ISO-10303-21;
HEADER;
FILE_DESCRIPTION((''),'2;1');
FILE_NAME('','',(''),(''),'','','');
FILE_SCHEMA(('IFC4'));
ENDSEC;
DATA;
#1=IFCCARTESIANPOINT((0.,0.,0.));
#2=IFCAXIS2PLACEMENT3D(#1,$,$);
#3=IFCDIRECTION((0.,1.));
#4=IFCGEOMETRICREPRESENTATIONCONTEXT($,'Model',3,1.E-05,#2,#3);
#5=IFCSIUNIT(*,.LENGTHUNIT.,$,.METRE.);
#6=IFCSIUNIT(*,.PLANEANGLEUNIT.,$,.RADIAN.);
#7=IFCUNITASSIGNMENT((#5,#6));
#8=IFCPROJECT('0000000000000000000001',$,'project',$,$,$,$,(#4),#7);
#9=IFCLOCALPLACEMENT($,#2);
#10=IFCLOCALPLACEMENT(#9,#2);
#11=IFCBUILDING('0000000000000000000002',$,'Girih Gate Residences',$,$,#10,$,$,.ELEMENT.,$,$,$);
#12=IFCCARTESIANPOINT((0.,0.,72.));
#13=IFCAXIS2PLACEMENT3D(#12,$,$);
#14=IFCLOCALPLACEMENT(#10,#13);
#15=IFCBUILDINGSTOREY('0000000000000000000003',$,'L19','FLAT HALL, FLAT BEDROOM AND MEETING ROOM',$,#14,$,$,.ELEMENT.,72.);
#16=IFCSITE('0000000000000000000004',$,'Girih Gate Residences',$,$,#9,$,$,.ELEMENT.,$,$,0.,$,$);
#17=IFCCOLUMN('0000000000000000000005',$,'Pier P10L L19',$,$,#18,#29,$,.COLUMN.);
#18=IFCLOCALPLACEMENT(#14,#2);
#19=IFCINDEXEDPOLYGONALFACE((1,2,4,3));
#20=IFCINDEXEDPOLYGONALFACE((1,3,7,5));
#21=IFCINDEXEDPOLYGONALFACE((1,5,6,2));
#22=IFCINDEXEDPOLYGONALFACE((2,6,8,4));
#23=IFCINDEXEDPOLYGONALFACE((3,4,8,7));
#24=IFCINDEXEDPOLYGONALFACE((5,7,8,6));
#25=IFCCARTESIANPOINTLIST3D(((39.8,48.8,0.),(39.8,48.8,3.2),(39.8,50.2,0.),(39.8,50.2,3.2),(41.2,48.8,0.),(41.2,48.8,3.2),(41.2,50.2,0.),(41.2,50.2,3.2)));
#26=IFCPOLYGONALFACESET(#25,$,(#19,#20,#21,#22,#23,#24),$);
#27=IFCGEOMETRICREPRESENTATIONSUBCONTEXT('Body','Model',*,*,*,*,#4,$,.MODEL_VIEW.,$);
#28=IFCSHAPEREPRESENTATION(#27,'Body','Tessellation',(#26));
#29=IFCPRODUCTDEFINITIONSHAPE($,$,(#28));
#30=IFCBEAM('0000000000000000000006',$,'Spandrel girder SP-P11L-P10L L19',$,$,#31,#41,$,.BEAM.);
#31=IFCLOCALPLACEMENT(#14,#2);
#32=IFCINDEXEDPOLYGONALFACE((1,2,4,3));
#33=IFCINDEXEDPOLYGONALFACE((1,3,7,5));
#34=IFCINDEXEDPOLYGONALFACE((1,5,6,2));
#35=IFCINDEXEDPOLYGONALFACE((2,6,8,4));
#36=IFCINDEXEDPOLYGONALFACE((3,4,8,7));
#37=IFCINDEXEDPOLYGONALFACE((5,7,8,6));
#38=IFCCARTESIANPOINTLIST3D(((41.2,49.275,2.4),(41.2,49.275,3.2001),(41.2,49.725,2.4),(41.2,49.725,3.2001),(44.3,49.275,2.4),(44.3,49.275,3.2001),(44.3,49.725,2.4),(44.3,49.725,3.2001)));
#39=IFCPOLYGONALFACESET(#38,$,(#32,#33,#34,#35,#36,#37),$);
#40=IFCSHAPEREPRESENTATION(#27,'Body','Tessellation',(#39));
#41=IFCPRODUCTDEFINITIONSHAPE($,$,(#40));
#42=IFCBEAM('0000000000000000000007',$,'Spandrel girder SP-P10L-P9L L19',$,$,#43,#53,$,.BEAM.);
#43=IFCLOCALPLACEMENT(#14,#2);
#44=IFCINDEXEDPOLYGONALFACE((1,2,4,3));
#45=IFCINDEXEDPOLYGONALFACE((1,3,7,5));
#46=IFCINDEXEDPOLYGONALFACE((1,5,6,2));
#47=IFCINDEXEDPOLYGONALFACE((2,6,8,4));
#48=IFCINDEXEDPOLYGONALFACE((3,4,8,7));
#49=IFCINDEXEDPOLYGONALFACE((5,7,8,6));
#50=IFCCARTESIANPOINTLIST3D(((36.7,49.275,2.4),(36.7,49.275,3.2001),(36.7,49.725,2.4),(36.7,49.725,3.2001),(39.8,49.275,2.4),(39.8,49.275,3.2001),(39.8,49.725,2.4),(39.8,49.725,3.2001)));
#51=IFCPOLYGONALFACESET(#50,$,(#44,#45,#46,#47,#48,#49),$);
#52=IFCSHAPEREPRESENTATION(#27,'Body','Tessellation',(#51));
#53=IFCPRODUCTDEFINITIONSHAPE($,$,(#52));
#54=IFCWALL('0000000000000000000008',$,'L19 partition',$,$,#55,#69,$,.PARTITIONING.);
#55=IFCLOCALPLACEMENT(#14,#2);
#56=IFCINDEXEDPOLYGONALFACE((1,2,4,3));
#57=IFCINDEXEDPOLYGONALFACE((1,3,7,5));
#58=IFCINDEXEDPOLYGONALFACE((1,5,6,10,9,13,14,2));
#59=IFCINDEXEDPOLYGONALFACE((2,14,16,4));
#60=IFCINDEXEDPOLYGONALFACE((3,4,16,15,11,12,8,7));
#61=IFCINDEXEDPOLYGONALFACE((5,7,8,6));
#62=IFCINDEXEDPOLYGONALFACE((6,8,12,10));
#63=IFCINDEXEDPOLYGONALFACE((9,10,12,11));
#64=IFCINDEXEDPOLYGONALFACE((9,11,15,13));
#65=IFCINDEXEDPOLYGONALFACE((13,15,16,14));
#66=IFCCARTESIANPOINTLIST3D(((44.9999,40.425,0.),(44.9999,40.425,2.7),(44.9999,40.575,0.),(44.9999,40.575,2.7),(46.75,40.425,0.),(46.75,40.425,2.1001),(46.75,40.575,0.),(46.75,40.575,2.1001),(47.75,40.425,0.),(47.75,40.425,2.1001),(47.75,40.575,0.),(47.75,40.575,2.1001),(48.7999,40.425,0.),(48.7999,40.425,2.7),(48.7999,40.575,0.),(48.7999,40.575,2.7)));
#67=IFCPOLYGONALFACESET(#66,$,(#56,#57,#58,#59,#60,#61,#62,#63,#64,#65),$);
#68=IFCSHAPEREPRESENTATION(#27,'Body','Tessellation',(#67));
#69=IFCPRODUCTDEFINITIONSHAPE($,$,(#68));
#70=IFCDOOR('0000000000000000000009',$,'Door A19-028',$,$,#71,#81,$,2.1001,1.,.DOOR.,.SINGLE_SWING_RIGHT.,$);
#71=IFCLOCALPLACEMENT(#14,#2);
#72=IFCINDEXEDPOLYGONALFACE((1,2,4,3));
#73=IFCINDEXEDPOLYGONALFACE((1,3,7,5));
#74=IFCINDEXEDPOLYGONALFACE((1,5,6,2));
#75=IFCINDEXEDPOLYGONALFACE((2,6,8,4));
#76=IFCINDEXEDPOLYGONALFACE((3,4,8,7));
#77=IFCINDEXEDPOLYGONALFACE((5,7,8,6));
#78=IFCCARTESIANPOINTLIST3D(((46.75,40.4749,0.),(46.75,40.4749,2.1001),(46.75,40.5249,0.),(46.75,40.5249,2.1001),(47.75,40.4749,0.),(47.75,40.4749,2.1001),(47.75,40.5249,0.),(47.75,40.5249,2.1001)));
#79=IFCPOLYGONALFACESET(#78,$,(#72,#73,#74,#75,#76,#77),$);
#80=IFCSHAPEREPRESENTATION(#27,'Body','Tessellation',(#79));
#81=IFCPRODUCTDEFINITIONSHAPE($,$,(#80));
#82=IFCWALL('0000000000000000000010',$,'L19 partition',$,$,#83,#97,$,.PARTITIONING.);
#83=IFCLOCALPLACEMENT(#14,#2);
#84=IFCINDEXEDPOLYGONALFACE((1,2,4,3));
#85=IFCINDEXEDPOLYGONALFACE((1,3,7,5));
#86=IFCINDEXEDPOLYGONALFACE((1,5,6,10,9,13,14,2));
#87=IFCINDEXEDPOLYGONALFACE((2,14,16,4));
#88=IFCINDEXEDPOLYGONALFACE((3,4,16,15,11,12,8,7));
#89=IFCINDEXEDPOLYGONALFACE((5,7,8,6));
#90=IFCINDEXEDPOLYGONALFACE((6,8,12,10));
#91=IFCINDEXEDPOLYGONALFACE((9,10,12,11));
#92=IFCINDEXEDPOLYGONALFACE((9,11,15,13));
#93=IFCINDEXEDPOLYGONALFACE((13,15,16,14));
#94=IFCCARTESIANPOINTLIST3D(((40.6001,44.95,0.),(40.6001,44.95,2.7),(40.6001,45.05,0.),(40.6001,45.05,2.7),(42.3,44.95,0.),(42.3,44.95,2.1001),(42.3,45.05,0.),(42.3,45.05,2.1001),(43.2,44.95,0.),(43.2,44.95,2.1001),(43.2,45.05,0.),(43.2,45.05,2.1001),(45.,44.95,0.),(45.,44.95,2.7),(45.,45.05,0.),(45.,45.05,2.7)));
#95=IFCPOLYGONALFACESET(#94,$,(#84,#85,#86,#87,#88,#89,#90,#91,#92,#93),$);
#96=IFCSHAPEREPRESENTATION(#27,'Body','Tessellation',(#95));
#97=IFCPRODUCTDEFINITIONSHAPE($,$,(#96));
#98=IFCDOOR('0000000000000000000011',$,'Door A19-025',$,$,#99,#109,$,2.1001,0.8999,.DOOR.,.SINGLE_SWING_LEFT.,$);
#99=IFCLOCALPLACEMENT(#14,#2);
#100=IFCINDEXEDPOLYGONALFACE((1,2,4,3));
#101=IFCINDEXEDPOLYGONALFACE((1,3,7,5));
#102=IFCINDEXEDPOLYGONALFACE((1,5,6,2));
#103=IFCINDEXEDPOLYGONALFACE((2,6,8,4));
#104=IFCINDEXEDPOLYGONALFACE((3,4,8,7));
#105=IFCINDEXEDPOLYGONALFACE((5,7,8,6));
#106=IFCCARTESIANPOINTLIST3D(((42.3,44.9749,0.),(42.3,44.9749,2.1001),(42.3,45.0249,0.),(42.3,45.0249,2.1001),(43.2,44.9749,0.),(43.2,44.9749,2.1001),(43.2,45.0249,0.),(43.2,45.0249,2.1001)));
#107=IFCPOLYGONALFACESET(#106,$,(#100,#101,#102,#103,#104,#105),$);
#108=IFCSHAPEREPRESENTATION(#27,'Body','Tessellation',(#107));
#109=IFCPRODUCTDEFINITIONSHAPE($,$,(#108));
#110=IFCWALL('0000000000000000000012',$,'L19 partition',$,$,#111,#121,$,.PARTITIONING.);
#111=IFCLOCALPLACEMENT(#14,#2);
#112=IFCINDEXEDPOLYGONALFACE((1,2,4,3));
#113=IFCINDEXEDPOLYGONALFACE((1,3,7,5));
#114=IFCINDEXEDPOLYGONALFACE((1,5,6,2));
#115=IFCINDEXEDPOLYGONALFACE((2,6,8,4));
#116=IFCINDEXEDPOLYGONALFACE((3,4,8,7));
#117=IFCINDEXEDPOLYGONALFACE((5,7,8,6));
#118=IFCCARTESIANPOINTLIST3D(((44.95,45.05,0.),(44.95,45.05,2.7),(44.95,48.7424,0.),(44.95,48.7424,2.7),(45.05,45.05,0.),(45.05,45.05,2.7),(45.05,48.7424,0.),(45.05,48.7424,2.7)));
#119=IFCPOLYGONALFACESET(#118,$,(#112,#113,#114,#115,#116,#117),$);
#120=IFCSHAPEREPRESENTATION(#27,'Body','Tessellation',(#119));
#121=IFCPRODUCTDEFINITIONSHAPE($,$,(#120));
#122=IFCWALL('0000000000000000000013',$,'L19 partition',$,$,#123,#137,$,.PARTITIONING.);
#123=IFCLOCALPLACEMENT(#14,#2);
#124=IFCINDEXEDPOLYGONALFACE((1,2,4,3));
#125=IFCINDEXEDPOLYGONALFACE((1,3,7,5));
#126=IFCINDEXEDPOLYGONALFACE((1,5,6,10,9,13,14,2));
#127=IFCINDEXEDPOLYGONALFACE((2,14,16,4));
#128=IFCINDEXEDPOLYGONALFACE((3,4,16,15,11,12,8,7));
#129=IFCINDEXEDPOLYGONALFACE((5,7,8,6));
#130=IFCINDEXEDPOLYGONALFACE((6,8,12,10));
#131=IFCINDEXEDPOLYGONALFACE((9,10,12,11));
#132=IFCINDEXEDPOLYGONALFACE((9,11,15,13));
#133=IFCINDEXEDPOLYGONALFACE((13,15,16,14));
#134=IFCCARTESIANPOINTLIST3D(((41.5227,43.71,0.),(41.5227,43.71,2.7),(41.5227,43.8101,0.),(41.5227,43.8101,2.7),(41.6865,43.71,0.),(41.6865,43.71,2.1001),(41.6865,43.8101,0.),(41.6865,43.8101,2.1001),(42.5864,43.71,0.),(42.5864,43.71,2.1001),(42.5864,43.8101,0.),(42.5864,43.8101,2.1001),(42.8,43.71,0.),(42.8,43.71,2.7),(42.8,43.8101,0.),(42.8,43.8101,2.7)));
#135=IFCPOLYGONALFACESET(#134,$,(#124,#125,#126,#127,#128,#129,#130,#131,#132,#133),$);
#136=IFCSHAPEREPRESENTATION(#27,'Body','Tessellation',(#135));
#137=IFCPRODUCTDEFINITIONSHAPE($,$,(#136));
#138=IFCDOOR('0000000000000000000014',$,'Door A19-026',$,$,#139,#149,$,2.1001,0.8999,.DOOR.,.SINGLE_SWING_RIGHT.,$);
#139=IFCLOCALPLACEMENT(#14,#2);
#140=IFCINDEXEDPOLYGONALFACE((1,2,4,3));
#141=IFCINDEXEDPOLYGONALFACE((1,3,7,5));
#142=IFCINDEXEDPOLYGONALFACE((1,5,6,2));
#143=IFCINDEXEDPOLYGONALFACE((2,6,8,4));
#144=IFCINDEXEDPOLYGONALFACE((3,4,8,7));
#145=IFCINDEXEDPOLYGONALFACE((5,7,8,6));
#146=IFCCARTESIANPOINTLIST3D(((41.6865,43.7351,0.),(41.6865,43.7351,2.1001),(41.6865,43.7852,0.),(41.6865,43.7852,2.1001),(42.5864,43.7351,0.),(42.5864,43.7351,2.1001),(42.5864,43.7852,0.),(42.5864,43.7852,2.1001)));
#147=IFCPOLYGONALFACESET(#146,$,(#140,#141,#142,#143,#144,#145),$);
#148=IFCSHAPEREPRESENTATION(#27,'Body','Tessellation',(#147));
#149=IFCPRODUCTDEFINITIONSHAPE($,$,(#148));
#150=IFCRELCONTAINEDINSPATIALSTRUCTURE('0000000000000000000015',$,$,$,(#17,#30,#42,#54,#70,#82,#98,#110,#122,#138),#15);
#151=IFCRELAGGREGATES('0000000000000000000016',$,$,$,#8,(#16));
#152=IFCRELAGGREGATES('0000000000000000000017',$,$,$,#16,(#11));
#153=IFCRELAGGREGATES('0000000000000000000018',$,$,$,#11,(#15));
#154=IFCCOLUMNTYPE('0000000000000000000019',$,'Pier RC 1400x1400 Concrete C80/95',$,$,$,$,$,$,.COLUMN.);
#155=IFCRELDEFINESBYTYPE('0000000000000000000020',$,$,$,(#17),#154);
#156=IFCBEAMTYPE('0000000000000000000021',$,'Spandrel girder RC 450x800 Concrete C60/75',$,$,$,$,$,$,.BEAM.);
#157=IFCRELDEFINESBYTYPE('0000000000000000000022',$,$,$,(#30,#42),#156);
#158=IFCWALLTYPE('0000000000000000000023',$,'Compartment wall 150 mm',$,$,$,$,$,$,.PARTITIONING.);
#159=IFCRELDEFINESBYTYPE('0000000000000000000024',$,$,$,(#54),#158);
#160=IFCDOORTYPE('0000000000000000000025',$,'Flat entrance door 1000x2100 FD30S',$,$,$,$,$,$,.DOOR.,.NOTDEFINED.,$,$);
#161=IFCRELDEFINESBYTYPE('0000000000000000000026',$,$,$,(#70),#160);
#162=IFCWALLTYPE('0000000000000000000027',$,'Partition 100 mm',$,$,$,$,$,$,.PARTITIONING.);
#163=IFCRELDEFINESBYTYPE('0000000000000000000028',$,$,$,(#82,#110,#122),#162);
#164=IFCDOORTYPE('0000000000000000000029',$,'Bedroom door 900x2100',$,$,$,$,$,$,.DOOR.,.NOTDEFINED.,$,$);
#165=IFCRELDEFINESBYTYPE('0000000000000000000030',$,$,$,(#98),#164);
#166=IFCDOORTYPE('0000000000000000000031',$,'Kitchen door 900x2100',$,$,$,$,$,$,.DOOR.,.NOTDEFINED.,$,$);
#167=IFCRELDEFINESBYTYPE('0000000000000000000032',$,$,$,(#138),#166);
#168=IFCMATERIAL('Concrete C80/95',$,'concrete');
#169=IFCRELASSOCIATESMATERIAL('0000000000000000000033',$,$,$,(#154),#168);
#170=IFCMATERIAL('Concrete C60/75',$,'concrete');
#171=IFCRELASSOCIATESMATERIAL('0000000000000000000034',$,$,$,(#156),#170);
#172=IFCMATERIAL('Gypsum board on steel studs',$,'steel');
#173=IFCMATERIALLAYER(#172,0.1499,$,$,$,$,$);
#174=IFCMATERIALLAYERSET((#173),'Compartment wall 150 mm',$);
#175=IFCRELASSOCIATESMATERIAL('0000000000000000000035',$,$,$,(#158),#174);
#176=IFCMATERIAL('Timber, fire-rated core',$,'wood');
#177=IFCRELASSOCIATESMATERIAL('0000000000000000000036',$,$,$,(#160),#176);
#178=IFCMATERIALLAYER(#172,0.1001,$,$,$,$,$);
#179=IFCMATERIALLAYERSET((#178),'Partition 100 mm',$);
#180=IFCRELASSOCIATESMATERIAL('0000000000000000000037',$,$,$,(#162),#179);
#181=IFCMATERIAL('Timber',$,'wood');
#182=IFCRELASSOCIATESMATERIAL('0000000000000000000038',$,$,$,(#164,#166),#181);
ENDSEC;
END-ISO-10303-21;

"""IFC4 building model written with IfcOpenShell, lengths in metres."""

from ifc_helpers import new_model, si_unit, direction, frame, frame_2d, origin, origin_2d, place, context, subcontext, project, spatial, rectangle, extrude, material, layer, layer_set, material_profile, profile_set, type_object, element, fill, save


model = new_model("IFC4")

# Units and contexts
model_context = context("Model", 3, precision=1e-05, world=origin(), true_north=direction((0.0, 1.0)))
body_context = subcontext(model_context, "Body", "Model", "MODEL_VIEW")
ifc_project = project(units=[si_unit("LENGTHUNIT", "METRE"), si_unit("PLANEANGLEUNIT", "RADIAN")], contexts=[model_context])

# Site, building, storey
site_placement = place(None, origin())
site = spatial("IfcSite", under=ifc_project, at=site_placement, Name="Girih Gate Residences", CompositionType="ELEMENT", RefElevation=0.0)
building_placement = place(site_placement, origin())
building = spatial("IfcBuilding", under=site, at=building_placement, Name="Girih Gate Residences", CompositionType="ELEMENT")
storey_placement = place(building_placement, frame((0.0, 0.0, 72.0)))
storey = spatial("IfcBuildingStorey", under=building, at=storey_placement, Name="L19", Description="FLAT HALL, FLAT BEDROOM AND MEETING ROOM", CompositionType="ELEMENT", Elevation=72.0)

# Column
ifc_material_1 = material(Name="Concrete C80/95", Category="concrete")
ifc_material_profile_1 = material_profile(ifc_material_1, rectangle(XDim=1.3999, YDim=1.3999, at=origin_2d()))
ifc_profile_set_1 = profile_set([ifc_material_profile_1], Name="Concrete C80/95")
column_type = type_object("IfcColumnType", Name="Pier RC 1400x1400 Concrete C80/95", PredefinedType="COLUMN", material=ifc_profile_set_1)
column_placement = place(storey_placement, frame((40.5, 49.5, 0.0), z_axis=(0.0, 0.0, 1.0), x_axis=(1.0, 0.0, 0.0)))
element("IfcColumn", 1, at=column_placement, inside=storey, type_object=column_type, Name="Pier P10L L19", PredefinedType="COLUMN", context=body_context, shape_type="SweptSolid", body=[
    extrude(rectangle(XDim=1.3999, YDim=1.3999, at=origin_2d()), origin(), (0.0, 0.0, 1.0), 3.2),
])

# Beams
ifc_material_2 = material(Name="Concrete C60/75", Category="concrete")
ifc_material_profile_2 = material_profile(ifc_material_2, rectangle(XDim=0.45, YDim=0.8, at=origin_2d()))
ifc_profile_set_2 = profile_set([ifc_material_profile_2], Name="Concrete C60/75")
beam_type = type_object("IfcBeamType", Name="Spandrel girder RC 450x800 Concrete C60/75", PredefinedType="BEAM", material=ifc_profile_set_2)
for number, where, z_axis, x_axis, name in (
    (2, (44.3, 49.5, 2.8), (-1.0, 0.0, 0.0), (0.0, -1.0, 0.0), "Spandrel girder SP-P11L-P10L L19"),
    (3, (39.8, 49.5, 2.8), (-1.0, 0.0, 0.0), (0.0, -1.0, 0.0), "Spandrel girder SP-P10L-P9L L19"),
):
    element("IfcBeam", number, at=place(storey_placement, frame(where, z_axis=z_axis, x_axis=x_axis)), inside=storey, type_object=beam_type, Name=name, PredefinedType="BEAM", context=body_context, shape_type="SweptSolid", body=[
        extrude(rectangle(XDim=0.45, YDim=0.8, at=origin_2d()), origin(), (0.0, 0.0, 1.0), 3.1001),
    ])

# Walls, openings, doors
ifc_material_3 = material(Name="Gypsum board on steel studs", Category="steel")
ifc_layer_1 = layer(ifc_material_3, 0.1499)
ifc_layer_set_1 = layer_set([ifc_layer_1], Name="Compartment wall 150 mm")
wall_type_1 = type_object("IfcWallType", Name="Compartment wall 150 mm", PredefinedType="PARTITIONING", material=ifc_layer_set_1)
wall_1_placement = place(storey_placement, frame((45.0, 40.5, 0.0), z_axis=(0.0, 0.0, 1.0), x_axis=(1.0, 0.0, 0.0)))
wall_1 = element("IfcWall", 4, at=wall_1_placement, inside=storey, type_object=wall_type_1, Name="L19 partition", PredefinedType="PARTITIONING", context=body_context, shape_type="SweptSolid", body=[
    extrude(rectangle(XDim=3.8, YDim=0.1499, at=frame_2d((1.8999, 0.0))), origin(), (0.0, 0.0, 1.0), 2.7),
])
opening_1_placement = place(wall_1_placement, frame((1.75, 0.0, 0.0)))
opening_1 = element("IfcOpeningElement", 5, at=opening_1_placement, cuts=wall_1, PredefinedType="OPENING", context=body_context, shape_type="SweptSolid", body=[
    extrude(rectangle(XDim=1.0, YDim=2.1001, at=frame_2d((0.5, 1.05))), frame((0.0, 0.085, 0.0), z_axis=(0.0, -1.0, 0.0), x_axis=(1.0, 0.0, 0.0)), (0.0, 0.0, 1.0), 0.1699),
])
ifc_material_4 = material(Name="Timber, fire-rated core", Category="wood")
door_type_1 = type_object("IfcDoorType", Name="Flat entrance door 1000x2100 FD30S", OperationType="NOTDEFINED", PredefinedType="DOOR", material=ifc_material_4)
door_1_placement = place(opening_1_placement, origin())
door_1 = element("IfcDoor", 6, at=door_1_placement, inside=storey, type_object=door_type_1, Name="Door A19-028", OperationType="SINGLE_SWING_RIGHT", OverallHeight=2.1001, OverallWidth=1.0, PredefinedType="DOOR", context=body_context, shape_type="SweptSolid", body=[
    extrude(rectangle(XDim=1.0, YDim=2.1001, at=frame_2d((0.5, 1.05))), frame((0.0, 0.0249, 0.0), z_axis=(0.0, -1.0, 0.0), x_axis=(1.0, 0.0, 0.0)), (0.0, 0.0, 1.0), 0.05),
])
fill(opening_1, door_1)
ifc_layer_2 = layer(ifc_material_3, 0.1001)
ifc_layer_set_2 = layer_set([ifc_layer_2], Name="Partition 100 mm")
wall_type_2 = type_object("IfcWallType", Name="Partition 100 mm", PredefinedType="PARTITIONING", material=ifc_layer_set_2)
wall_2_placement = place(storey_placement, frame((40.6001, 45.0, 0.0), z_axis=(0.0, 0.0, 1.0), x_axis=(1.0, 0.0, 0.0)))
wall_2 = element("IfcWall", 7, at=wall_2_placement, inside=storey, type_object=wall_type_2, Name="L19 partition", PredefinedType="PARTITIONING", context=body_context, shape_type="SweptSolid", body=[
    extrude(rectangle(XDim=4.3999, YDim=0.1001, at=frame_2d((2.2, 0.0))), origin(), (0.0, 0.0, 1.0), 2.7),
])
opening_2_placement = place(wall_2_placement, frame((1.7, 0.0, 0.0)))
opening_2 = element("IfcOpeningElement", 8, at=opening_2_placement, cuts=wall_2, PredefinedType="OPENING", context=body_context, shape_type="SweptSolid", body=[
    extrude(rectangle(XDim=0.8999, YDim=2.1001, at=frame_2d((0.45, 1.05))), frame((0.0, 0.0601, 0.0), z_axis=(0.0, -1.0, 0.0), x_axis=(1.0, 0.0, 0.0)), (0.0, 0.0, 1.0), 0.1201),
])
ifc_material_5 = material(Name="Timber", Category="wood")
door_type_2 = type_object("IfcDoorType", Name="Bedroom door 900x2100", OperationType="NOTDEFINED", PredefinedType="DOOR", material=ifc_material_5)
door_2_placement = place(opening_2_placement, origin())
door_2 = element("IfcDoor", 9, at=door_2_placement, inside=storey, type_object=door_type_2, Name="Door A19-025", OperationType="SINGLE_SWING_LEFT", OverallHeight=2.1001, OverallWidth=0.8999, PredefinedType="DOOR", context=body_context, shape_type="SweptSolid", body=[
    extrude(rectangle(XDim=0.8999, YDim=2.1001, at=frame_2d((0.45, 1.05))), frame((0.0, 0.0249, 0.0), z_axis=(0.0, -1.0, 0.0), x_axis=(1.0, 0.0, 0.0)), (0.0, 0.0, 1.0), 0.05),
])
fill(opening_2, door_2)

# Wall
wall_3_placement = place(storey_placement, frame((45.0, 45.05, 0.0), z_axis=(0.0, 0.0, 1.0), x_axis=(0.0, 1.0, 0.0)))
element("IfcWall", 10, at=wall_3_placement, inside=storey, type_object=wall_type_2, Name="L19 partition", PredefinedType="PARTITIONING", context=body_context, shape_type="SweptSolid", body=[
    extrude(rectangle(XDim=3.6924, YDim=0.1001, at=frame_2d((1.8462, 0.0))), origin(), (0.0, 0.0, 1.0), 2.7),
])

# Wall, opening, door
wall_4_placement = place(storey_placement, frame((42.8, 43.76, 0.0), z_axis=(0.0, 0.0, 1.0), x_axis=(-1.0, 0.0, 0.0)))
wall_4 = element("IfcWall", 11, at=wall_4_placement, inside=storey, type_object=wall_type_2, Name="L19 partition", PredefinedType="PARTITIONING", context=body_context, shape_type="SweptSolid", body=[
    extrude(rectangle(XDim=1.2773, YDim=0.1001, at=frame_2d((0.6387, 0.0))), origin(), (0.0, 0.0, 1.0), 2.7),
])
opening_3_placement = place(wall_4_placement, frame((0.2136, 0.0, 0.0)))
opening_3 = element("IfcOpeningElement", 12, at=opening_3_placement, cuts=wall_4, PredefinedType="OPENING", context=body_context, shape_type="SweptSolid", body=[
    extrude(rectangle(XDim=0.8999, YDim=2.1001, at=frame_2d((0.45, 1.05))), frame((0.0, 0.0601, 0.0), z_axis=(0.0, -1.0, 0.0), x_axis=(1.0, 0.0, 0.0)), (0.0, 0.0, 1.0), 0.1201),
])
door_type_3 = type_object("IfcDoorType", Name="Kitchen door 900x2100", OperationType="NOTDEFINED", PredefinedType="DOOR", material=ifc_material_5)
door_3_placement = place(opening_3_placement, origin())
door_3 = element("IfcDoor", 13, at=door_3_placement, inside=storey, type_object=door_type_3, Name="Door A19-026", OperationType="SINGLE_SWING_RIGHT", OverallHeight=2.1001, OverallWidth=0.8999, PredefinedType="DOOR", context=body_context, shape_type="SweptSolid", body=[
    extrude(rectangle(XDim=0.8999, YDim=2.1001, at=frame_2d((0.45, 1.05))), frame((0.0, 0.0249, 0.0), z_axis=(0.0, -1.0, 0.0), x_axis=(1.0, 0.0, 0.0)), (0.0, 0.0, 1.0), 0.05),
])
fill(opening_3, door_3)

save(model, "model.ifc")
